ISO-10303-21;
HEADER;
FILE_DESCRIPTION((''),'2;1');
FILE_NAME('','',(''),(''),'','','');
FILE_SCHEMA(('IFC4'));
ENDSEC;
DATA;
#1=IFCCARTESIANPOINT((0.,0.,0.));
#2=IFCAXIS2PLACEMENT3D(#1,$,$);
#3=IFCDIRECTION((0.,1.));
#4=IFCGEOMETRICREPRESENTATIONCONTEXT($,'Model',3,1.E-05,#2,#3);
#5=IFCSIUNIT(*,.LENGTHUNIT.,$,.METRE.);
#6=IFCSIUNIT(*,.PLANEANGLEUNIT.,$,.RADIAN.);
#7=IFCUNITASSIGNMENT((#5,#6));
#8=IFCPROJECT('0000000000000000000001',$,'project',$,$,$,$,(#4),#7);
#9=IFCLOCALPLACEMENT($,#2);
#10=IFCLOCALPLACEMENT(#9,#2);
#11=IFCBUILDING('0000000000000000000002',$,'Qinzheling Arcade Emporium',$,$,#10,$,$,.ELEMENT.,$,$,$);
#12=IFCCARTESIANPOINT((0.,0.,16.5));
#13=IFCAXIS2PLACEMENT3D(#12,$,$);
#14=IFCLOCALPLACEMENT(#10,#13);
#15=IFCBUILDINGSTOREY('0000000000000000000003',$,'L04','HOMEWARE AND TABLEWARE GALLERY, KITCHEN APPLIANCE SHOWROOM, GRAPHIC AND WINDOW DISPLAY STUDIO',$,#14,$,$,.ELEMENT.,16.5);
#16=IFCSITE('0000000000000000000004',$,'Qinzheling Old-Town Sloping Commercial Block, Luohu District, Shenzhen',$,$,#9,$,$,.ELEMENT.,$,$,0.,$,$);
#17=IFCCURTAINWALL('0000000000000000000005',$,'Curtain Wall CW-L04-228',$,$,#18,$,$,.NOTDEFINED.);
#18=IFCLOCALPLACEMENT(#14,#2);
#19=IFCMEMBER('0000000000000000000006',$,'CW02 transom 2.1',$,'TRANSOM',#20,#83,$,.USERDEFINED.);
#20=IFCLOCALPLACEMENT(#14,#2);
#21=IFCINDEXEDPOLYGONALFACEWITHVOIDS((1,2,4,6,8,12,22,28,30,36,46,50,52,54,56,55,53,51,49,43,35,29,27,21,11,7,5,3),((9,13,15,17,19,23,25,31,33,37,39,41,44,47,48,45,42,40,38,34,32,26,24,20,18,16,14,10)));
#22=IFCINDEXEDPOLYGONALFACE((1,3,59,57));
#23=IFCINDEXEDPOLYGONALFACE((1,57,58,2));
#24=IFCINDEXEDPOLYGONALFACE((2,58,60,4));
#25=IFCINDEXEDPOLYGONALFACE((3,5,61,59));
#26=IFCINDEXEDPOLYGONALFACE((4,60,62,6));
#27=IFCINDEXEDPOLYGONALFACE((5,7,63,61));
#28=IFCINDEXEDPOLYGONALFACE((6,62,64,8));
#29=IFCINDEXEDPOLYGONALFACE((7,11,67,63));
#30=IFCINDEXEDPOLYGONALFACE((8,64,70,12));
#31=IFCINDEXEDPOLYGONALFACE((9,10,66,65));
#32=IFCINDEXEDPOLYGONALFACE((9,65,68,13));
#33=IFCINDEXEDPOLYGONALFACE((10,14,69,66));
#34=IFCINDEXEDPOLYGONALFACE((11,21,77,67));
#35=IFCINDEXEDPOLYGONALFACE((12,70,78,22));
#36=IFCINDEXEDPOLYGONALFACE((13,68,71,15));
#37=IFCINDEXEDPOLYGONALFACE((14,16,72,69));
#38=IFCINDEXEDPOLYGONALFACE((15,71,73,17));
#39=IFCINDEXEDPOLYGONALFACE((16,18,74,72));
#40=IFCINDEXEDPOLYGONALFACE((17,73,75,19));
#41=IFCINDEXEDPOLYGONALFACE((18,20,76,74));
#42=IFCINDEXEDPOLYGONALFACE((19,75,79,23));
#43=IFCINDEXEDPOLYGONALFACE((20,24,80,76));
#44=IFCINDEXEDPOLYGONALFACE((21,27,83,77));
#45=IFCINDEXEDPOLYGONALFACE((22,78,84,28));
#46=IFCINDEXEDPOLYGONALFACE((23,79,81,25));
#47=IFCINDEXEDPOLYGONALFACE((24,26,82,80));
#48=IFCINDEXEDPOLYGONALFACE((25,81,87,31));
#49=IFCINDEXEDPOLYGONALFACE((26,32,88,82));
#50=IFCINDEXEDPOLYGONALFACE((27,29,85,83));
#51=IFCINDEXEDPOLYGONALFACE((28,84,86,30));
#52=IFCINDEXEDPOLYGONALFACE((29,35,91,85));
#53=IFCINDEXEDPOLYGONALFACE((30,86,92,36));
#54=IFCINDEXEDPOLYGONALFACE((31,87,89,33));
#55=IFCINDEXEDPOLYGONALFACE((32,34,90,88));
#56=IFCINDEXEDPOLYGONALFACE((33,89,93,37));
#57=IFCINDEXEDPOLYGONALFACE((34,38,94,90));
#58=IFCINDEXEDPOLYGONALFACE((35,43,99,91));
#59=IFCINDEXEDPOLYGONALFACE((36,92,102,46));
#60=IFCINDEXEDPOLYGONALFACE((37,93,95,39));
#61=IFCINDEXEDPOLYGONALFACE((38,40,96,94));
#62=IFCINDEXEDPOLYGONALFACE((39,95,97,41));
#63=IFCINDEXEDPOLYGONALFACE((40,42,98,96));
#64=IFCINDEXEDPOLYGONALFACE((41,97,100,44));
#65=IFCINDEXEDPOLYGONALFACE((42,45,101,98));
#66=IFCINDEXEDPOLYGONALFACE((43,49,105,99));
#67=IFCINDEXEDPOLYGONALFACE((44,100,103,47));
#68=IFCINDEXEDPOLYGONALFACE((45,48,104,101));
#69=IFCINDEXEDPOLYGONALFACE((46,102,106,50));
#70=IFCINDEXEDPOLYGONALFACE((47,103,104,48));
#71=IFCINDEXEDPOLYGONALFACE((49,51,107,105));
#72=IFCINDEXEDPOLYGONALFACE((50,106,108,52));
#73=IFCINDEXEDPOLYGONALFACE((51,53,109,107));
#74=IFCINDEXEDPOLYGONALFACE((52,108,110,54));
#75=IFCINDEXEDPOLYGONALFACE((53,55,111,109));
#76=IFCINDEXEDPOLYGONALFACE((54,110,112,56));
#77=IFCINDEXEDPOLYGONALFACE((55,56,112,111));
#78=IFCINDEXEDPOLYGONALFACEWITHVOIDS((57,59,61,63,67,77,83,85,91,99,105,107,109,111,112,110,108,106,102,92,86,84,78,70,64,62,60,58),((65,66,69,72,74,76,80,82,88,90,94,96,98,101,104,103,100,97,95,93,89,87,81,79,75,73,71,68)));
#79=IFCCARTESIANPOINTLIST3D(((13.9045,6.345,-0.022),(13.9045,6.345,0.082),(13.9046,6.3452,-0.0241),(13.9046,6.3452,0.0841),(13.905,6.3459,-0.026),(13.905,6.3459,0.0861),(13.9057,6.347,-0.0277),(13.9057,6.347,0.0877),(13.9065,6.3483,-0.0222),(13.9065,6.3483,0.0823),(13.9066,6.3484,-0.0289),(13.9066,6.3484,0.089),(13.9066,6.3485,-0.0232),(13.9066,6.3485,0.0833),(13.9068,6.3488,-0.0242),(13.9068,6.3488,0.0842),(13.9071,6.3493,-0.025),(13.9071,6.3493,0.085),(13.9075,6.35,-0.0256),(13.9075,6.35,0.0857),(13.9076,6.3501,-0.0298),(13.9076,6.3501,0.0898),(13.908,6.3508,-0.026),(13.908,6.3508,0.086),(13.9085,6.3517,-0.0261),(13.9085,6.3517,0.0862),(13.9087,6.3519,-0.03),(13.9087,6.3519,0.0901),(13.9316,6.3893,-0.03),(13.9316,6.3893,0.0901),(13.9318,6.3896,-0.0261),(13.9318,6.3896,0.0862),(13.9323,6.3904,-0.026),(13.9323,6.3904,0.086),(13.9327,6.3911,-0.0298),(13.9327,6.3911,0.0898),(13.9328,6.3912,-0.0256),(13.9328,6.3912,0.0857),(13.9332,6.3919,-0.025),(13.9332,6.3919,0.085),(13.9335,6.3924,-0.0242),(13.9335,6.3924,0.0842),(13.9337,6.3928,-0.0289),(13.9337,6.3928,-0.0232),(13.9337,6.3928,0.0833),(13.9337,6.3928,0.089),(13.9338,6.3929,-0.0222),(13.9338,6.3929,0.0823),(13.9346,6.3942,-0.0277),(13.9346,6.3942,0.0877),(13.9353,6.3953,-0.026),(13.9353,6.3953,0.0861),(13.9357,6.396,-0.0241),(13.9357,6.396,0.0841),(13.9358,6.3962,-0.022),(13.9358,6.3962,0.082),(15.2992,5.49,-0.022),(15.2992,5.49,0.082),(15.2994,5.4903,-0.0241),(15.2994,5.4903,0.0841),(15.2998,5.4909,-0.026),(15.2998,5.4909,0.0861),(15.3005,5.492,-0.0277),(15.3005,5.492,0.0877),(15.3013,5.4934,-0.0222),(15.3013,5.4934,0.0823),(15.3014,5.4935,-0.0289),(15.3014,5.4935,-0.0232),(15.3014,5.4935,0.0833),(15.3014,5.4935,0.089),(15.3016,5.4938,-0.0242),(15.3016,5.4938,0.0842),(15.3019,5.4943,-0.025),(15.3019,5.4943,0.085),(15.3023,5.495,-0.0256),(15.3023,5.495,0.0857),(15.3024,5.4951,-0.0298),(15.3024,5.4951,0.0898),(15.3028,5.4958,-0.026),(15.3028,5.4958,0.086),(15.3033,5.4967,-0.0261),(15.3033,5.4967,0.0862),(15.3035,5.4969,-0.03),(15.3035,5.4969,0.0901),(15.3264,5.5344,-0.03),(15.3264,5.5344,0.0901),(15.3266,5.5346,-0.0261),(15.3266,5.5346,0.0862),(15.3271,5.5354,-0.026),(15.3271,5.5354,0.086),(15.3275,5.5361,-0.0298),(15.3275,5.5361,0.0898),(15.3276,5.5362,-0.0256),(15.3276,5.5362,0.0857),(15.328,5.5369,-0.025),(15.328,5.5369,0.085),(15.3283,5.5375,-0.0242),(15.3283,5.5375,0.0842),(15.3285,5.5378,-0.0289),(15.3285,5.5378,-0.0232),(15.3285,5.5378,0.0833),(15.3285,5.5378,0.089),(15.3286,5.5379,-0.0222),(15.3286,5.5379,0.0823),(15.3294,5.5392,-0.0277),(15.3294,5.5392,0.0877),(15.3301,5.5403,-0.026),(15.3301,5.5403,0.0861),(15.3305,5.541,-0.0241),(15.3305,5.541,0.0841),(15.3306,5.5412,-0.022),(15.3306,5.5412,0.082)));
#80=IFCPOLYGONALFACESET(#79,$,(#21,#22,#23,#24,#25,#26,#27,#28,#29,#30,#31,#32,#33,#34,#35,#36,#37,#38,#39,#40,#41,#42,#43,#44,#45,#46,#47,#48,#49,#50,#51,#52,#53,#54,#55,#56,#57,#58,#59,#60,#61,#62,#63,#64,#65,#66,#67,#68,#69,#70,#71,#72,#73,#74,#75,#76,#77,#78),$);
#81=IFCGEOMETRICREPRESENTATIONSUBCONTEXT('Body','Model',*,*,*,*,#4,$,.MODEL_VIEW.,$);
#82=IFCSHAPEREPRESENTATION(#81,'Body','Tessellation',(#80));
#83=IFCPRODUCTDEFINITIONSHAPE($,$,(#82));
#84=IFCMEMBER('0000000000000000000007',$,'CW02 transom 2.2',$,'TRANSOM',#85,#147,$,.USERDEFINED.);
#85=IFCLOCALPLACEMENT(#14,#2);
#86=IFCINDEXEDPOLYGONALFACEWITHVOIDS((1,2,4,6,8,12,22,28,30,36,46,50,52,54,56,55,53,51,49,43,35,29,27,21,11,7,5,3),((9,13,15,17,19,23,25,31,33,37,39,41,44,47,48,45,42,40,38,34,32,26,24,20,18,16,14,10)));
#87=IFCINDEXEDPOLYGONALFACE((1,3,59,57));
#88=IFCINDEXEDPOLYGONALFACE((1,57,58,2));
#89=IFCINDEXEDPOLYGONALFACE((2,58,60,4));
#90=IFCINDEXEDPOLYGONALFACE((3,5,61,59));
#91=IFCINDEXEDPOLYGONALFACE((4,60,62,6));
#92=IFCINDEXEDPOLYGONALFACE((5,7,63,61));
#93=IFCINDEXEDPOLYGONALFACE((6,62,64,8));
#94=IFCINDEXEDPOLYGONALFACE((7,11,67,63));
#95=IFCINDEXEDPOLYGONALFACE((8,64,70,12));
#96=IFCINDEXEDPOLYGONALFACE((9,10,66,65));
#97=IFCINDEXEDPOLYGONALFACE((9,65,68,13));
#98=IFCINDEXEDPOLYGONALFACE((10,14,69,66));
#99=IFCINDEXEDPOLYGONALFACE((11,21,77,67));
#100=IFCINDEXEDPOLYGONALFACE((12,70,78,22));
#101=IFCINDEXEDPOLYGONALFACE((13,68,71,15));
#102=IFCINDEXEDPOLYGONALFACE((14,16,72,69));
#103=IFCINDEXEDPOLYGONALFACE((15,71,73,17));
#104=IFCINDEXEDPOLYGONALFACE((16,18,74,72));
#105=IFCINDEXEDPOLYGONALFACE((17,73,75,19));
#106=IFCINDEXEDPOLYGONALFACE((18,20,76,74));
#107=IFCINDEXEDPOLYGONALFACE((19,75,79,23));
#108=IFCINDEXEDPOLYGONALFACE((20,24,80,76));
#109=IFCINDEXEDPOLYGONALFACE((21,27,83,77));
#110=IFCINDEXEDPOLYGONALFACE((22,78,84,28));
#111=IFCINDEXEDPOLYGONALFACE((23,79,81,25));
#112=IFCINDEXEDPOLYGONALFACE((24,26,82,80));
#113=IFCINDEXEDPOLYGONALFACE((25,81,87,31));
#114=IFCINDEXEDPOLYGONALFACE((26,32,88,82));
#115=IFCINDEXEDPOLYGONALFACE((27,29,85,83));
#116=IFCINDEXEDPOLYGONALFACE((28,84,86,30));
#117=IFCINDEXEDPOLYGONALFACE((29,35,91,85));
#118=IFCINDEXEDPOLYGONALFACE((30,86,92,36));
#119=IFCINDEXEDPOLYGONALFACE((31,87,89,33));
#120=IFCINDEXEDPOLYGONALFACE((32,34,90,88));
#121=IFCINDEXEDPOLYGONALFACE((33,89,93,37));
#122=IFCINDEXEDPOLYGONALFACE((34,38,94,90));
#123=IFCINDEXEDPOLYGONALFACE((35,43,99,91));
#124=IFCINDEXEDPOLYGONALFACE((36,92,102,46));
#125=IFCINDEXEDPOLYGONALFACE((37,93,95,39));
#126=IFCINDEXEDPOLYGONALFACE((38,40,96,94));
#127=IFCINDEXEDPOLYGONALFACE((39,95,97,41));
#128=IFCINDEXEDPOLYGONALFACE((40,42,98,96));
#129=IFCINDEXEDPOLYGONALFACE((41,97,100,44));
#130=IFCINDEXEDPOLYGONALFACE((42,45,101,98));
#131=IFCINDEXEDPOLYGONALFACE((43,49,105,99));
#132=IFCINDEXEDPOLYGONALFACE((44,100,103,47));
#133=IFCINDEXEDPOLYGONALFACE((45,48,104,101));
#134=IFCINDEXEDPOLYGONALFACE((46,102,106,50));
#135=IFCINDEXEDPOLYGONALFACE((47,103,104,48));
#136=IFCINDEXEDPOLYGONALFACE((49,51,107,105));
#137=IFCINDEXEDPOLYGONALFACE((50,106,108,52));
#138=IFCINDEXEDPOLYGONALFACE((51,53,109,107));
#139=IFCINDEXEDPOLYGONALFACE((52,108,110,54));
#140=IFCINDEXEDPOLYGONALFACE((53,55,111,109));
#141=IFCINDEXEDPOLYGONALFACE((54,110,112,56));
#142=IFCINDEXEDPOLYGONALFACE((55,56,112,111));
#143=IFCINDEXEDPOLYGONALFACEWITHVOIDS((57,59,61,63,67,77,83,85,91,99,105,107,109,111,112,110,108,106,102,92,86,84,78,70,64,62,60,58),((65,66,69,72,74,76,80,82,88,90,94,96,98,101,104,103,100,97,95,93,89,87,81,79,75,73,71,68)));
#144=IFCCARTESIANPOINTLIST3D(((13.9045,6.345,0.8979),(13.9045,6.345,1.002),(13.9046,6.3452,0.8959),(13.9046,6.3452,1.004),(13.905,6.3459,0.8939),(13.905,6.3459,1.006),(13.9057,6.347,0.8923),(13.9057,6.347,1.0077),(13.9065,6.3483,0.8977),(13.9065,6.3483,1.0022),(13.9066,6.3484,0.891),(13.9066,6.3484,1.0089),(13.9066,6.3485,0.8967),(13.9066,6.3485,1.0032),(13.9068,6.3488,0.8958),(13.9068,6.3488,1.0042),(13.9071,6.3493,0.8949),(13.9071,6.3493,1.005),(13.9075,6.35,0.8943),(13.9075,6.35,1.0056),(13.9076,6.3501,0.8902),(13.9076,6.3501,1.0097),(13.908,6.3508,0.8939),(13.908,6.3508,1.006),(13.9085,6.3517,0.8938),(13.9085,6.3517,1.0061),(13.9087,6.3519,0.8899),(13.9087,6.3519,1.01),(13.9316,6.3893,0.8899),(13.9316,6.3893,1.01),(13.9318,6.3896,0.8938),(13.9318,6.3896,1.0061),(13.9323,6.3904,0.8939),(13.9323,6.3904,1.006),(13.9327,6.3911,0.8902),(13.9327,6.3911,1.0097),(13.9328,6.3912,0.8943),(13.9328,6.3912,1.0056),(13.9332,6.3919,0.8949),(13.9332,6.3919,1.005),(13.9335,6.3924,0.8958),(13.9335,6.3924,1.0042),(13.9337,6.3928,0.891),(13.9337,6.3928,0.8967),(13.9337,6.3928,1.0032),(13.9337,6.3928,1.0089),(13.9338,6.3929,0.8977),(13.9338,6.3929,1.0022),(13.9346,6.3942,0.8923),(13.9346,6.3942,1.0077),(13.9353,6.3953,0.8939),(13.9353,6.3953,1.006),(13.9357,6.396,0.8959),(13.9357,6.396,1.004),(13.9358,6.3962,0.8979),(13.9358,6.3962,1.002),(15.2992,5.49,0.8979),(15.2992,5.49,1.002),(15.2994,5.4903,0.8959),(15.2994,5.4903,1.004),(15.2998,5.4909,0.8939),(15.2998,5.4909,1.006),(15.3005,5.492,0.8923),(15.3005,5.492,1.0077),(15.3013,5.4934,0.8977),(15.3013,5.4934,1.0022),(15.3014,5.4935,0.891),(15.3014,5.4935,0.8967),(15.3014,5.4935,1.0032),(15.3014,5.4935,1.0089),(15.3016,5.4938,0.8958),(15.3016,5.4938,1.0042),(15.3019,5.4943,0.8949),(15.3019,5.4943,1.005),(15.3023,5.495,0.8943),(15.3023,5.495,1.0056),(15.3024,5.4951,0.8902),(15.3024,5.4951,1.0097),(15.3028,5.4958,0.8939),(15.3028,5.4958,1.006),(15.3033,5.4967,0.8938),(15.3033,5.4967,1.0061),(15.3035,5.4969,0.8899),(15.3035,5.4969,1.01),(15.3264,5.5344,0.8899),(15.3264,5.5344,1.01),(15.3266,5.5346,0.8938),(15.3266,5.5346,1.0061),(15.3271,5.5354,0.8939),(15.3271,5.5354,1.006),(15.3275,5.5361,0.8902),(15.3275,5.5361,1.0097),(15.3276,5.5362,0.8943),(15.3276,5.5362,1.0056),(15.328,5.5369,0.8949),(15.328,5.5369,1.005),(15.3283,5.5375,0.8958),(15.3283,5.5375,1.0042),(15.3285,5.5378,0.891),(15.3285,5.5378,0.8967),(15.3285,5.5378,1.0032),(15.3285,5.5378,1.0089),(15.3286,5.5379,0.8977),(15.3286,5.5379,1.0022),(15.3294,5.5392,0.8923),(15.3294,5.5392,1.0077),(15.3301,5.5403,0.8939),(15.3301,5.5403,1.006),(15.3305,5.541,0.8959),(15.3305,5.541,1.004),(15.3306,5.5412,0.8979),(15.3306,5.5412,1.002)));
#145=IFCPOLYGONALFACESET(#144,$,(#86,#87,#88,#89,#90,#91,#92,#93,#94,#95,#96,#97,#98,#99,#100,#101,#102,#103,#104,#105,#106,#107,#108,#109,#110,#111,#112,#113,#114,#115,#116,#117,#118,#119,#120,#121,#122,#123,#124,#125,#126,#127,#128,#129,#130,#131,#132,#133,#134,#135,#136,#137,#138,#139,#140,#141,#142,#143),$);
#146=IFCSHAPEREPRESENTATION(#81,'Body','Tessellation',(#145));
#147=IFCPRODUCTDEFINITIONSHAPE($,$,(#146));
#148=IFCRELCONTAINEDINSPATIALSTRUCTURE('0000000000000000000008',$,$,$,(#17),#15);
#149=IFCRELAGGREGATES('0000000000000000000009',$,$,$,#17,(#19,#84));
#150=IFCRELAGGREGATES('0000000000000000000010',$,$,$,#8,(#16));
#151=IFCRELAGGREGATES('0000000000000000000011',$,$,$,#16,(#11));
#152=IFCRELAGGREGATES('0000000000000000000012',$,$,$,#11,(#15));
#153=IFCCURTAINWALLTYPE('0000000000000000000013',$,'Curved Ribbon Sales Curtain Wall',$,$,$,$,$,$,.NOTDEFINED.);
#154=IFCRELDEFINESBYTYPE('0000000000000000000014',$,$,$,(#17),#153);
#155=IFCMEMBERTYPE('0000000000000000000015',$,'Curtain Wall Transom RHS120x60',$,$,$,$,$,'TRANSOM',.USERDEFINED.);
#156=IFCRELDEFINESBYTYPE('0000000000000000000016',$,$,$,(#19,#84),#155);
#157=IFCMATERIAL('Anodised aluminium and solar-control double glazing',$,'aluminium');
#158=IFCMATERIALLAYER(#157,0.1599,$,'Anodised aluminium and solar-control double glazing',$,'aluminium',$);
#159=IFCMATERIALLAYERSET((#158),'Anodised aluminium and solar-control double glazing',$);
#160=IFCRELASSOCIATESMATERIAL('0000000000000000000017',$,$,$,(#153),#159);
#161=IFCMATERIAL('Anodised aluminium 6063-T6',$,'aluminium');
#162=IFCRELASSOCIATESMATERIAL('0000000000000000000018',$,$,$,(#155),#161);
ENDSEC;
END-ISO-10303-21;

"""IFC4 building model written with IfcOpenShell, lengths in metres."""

from ifc_helpers import new_model, si_unit, direction, frame, origin, origin_2d, place, context, subcontext, project, spatial, hollow_rectangle, extrude, material, layer, layer_set, material_profile, profile_set, type_object, element, aggregate, save


model = new_model("IFC4")

# Units and contexts
model_context = context("Model", 3, precision=1e-05, world=origin(), true_north=direction((0.0, 1.0)))
body_context = subcontext(model_context, "Body", "Model", "MODEL_VIEW")
ifc_project = project(units=[si_unit("LENGTHUNIT", "METRE"), si_unit("PLANEANGLEUNIT", "RADIAN")], contexts=[model_context])

# Site, building, storey
site_placement = place(None, origin())
site = spatial("IfcSite", under=ifc_project, at=site_placement, Name="Qinzheling Old-Town Sloping Commercial Block, Luohu District, Shenzhen", CompositionType="ELEMENT", RefElevation=0.0)
building_placement = place(site_placement, origin())
building = spatial("IfcBuilding", under=site, at=building_placement, Name="Qinzheling Arcade Emporium", CompositionType="ELEMENT")
storey_placement = place(building_placement, frame((0.0, 0.0, 16.5)))
storey = spatial("IfcBuildingStorey", under=building, at=storey_placement, Name="L04", Description="HOMEWARE AND TABLEWARE GALLERY, KITCHEN APPLIANCE SHOWROOM, GRAPHIC AND WINDOW DISPLAY STUDIO", CompositionType="ELEMENT", Elevation=16.5)

# Shared definitions
ifc_material_1 = material(Name="Anodised aluminium and solar-control double glazing", Category="aluminium")
ifc_layer_1 = layer(ifc_material_1, 0.1599, Name="Anodised aluminium and solar-control double glazing", Category="aluminium")
ifc_layer_set_1 = layer_set([ifc_layer_1], Name="Anodised aluminium and solar-control double glazing")
curtain_wall_type = type_object("IfcCurtainWallType", Name="Curved Ribbon Sales Curtain Wall", PredefinedType="NOTDEFINED", material=ifc_layer_set_1)
ifc_material_2 = material(Name="Anodised aluminium 6063-T6", Category="aluminium")

# Curtain wall
curtain_wall_1_placement = place(storey_placement, origin())
curtain_wall_1 = element("IfcCurtainWall", 1, at=curtain_wall_1_placement, inside=storey, type_object=curtain_wall_type, Name="Curtain Wall CW-L04-228", PredefinedType="NOTDEFINED")

# Members
ifc_material_profile_1 = material_profile(ifc_material_2, hollow_rectangle(XDim=0.0601, YDim=0.1201, WallThickness=0.0039, InnerFilletRadius=0.0039, OuterFilletRadius=0.0081, at=origin_2d()), Name="RHS 120x60x4", Category="aluminium")
ifc_profile_set_1 = profile_set([ifc_material_profile_1], Name="Anodised aluminium 6063-T6")
member_type_1 = type_object("IfcMemberType", Name="Curtain Wall Transom RHS120x60", ElementType="TRANSOM", PredefinedType="USERDEFINED", material=ifc_profile_set_1)
member_1_placement = place(storey_placement, frame((15.3149, 5.5156, 0.03), z_axis=(-0.852569, 0.522615, 0.0), x_axis=(-0.522615, -0.852569, 0.0)))
member_1 = element("IfcMember", 2, at=member_1_placement, type_object=member_type_1, Name="CW02 transom 2.1", ObjectType="TRANSOM", PredefinedType="USERDEFINED", context=body_context, shape_type="SweptSolid", body=[
    extrude(hollow_rectangle(XDim=0.0601, YDim=0.1201, WallThickness=0.0039, InnerFilletRadius=0.0039, OuterFilletRadius=0.0081, at=origin_2d()), origin(), (0.0, 0.0, 1.0), 1.636),
])
member_2_placement = place(storey_placement, frame((15.3149, 5.5156, 0.95), z_axis=(-0.852569, 0.522615, 0.0), x_axis=(-0.522615, -0.852569, 0.0)))
member_2 = element("IfcMember", 3, at=member_2_placement, type_object=member_type_1, Name="CW02 transom 2.2", ObjectType="TRANSOM", PredefinedType="USERDEFINED", context=body_context, shape_type="SweptSolid", body=[
    extrude(hollow_rectangle(XDim=0.0601, YDim=0.1201, WallThickness=0.0039, InnerFilletRadius=0.0039, OuterFilletRadius=0.0081, at=origin_2d()), origin(), (0.0, 0.0, 1.0), 1.636),
])

aggregate(curtain_wall_1, [member_1, member_2])

save(model, "model.ifc")
